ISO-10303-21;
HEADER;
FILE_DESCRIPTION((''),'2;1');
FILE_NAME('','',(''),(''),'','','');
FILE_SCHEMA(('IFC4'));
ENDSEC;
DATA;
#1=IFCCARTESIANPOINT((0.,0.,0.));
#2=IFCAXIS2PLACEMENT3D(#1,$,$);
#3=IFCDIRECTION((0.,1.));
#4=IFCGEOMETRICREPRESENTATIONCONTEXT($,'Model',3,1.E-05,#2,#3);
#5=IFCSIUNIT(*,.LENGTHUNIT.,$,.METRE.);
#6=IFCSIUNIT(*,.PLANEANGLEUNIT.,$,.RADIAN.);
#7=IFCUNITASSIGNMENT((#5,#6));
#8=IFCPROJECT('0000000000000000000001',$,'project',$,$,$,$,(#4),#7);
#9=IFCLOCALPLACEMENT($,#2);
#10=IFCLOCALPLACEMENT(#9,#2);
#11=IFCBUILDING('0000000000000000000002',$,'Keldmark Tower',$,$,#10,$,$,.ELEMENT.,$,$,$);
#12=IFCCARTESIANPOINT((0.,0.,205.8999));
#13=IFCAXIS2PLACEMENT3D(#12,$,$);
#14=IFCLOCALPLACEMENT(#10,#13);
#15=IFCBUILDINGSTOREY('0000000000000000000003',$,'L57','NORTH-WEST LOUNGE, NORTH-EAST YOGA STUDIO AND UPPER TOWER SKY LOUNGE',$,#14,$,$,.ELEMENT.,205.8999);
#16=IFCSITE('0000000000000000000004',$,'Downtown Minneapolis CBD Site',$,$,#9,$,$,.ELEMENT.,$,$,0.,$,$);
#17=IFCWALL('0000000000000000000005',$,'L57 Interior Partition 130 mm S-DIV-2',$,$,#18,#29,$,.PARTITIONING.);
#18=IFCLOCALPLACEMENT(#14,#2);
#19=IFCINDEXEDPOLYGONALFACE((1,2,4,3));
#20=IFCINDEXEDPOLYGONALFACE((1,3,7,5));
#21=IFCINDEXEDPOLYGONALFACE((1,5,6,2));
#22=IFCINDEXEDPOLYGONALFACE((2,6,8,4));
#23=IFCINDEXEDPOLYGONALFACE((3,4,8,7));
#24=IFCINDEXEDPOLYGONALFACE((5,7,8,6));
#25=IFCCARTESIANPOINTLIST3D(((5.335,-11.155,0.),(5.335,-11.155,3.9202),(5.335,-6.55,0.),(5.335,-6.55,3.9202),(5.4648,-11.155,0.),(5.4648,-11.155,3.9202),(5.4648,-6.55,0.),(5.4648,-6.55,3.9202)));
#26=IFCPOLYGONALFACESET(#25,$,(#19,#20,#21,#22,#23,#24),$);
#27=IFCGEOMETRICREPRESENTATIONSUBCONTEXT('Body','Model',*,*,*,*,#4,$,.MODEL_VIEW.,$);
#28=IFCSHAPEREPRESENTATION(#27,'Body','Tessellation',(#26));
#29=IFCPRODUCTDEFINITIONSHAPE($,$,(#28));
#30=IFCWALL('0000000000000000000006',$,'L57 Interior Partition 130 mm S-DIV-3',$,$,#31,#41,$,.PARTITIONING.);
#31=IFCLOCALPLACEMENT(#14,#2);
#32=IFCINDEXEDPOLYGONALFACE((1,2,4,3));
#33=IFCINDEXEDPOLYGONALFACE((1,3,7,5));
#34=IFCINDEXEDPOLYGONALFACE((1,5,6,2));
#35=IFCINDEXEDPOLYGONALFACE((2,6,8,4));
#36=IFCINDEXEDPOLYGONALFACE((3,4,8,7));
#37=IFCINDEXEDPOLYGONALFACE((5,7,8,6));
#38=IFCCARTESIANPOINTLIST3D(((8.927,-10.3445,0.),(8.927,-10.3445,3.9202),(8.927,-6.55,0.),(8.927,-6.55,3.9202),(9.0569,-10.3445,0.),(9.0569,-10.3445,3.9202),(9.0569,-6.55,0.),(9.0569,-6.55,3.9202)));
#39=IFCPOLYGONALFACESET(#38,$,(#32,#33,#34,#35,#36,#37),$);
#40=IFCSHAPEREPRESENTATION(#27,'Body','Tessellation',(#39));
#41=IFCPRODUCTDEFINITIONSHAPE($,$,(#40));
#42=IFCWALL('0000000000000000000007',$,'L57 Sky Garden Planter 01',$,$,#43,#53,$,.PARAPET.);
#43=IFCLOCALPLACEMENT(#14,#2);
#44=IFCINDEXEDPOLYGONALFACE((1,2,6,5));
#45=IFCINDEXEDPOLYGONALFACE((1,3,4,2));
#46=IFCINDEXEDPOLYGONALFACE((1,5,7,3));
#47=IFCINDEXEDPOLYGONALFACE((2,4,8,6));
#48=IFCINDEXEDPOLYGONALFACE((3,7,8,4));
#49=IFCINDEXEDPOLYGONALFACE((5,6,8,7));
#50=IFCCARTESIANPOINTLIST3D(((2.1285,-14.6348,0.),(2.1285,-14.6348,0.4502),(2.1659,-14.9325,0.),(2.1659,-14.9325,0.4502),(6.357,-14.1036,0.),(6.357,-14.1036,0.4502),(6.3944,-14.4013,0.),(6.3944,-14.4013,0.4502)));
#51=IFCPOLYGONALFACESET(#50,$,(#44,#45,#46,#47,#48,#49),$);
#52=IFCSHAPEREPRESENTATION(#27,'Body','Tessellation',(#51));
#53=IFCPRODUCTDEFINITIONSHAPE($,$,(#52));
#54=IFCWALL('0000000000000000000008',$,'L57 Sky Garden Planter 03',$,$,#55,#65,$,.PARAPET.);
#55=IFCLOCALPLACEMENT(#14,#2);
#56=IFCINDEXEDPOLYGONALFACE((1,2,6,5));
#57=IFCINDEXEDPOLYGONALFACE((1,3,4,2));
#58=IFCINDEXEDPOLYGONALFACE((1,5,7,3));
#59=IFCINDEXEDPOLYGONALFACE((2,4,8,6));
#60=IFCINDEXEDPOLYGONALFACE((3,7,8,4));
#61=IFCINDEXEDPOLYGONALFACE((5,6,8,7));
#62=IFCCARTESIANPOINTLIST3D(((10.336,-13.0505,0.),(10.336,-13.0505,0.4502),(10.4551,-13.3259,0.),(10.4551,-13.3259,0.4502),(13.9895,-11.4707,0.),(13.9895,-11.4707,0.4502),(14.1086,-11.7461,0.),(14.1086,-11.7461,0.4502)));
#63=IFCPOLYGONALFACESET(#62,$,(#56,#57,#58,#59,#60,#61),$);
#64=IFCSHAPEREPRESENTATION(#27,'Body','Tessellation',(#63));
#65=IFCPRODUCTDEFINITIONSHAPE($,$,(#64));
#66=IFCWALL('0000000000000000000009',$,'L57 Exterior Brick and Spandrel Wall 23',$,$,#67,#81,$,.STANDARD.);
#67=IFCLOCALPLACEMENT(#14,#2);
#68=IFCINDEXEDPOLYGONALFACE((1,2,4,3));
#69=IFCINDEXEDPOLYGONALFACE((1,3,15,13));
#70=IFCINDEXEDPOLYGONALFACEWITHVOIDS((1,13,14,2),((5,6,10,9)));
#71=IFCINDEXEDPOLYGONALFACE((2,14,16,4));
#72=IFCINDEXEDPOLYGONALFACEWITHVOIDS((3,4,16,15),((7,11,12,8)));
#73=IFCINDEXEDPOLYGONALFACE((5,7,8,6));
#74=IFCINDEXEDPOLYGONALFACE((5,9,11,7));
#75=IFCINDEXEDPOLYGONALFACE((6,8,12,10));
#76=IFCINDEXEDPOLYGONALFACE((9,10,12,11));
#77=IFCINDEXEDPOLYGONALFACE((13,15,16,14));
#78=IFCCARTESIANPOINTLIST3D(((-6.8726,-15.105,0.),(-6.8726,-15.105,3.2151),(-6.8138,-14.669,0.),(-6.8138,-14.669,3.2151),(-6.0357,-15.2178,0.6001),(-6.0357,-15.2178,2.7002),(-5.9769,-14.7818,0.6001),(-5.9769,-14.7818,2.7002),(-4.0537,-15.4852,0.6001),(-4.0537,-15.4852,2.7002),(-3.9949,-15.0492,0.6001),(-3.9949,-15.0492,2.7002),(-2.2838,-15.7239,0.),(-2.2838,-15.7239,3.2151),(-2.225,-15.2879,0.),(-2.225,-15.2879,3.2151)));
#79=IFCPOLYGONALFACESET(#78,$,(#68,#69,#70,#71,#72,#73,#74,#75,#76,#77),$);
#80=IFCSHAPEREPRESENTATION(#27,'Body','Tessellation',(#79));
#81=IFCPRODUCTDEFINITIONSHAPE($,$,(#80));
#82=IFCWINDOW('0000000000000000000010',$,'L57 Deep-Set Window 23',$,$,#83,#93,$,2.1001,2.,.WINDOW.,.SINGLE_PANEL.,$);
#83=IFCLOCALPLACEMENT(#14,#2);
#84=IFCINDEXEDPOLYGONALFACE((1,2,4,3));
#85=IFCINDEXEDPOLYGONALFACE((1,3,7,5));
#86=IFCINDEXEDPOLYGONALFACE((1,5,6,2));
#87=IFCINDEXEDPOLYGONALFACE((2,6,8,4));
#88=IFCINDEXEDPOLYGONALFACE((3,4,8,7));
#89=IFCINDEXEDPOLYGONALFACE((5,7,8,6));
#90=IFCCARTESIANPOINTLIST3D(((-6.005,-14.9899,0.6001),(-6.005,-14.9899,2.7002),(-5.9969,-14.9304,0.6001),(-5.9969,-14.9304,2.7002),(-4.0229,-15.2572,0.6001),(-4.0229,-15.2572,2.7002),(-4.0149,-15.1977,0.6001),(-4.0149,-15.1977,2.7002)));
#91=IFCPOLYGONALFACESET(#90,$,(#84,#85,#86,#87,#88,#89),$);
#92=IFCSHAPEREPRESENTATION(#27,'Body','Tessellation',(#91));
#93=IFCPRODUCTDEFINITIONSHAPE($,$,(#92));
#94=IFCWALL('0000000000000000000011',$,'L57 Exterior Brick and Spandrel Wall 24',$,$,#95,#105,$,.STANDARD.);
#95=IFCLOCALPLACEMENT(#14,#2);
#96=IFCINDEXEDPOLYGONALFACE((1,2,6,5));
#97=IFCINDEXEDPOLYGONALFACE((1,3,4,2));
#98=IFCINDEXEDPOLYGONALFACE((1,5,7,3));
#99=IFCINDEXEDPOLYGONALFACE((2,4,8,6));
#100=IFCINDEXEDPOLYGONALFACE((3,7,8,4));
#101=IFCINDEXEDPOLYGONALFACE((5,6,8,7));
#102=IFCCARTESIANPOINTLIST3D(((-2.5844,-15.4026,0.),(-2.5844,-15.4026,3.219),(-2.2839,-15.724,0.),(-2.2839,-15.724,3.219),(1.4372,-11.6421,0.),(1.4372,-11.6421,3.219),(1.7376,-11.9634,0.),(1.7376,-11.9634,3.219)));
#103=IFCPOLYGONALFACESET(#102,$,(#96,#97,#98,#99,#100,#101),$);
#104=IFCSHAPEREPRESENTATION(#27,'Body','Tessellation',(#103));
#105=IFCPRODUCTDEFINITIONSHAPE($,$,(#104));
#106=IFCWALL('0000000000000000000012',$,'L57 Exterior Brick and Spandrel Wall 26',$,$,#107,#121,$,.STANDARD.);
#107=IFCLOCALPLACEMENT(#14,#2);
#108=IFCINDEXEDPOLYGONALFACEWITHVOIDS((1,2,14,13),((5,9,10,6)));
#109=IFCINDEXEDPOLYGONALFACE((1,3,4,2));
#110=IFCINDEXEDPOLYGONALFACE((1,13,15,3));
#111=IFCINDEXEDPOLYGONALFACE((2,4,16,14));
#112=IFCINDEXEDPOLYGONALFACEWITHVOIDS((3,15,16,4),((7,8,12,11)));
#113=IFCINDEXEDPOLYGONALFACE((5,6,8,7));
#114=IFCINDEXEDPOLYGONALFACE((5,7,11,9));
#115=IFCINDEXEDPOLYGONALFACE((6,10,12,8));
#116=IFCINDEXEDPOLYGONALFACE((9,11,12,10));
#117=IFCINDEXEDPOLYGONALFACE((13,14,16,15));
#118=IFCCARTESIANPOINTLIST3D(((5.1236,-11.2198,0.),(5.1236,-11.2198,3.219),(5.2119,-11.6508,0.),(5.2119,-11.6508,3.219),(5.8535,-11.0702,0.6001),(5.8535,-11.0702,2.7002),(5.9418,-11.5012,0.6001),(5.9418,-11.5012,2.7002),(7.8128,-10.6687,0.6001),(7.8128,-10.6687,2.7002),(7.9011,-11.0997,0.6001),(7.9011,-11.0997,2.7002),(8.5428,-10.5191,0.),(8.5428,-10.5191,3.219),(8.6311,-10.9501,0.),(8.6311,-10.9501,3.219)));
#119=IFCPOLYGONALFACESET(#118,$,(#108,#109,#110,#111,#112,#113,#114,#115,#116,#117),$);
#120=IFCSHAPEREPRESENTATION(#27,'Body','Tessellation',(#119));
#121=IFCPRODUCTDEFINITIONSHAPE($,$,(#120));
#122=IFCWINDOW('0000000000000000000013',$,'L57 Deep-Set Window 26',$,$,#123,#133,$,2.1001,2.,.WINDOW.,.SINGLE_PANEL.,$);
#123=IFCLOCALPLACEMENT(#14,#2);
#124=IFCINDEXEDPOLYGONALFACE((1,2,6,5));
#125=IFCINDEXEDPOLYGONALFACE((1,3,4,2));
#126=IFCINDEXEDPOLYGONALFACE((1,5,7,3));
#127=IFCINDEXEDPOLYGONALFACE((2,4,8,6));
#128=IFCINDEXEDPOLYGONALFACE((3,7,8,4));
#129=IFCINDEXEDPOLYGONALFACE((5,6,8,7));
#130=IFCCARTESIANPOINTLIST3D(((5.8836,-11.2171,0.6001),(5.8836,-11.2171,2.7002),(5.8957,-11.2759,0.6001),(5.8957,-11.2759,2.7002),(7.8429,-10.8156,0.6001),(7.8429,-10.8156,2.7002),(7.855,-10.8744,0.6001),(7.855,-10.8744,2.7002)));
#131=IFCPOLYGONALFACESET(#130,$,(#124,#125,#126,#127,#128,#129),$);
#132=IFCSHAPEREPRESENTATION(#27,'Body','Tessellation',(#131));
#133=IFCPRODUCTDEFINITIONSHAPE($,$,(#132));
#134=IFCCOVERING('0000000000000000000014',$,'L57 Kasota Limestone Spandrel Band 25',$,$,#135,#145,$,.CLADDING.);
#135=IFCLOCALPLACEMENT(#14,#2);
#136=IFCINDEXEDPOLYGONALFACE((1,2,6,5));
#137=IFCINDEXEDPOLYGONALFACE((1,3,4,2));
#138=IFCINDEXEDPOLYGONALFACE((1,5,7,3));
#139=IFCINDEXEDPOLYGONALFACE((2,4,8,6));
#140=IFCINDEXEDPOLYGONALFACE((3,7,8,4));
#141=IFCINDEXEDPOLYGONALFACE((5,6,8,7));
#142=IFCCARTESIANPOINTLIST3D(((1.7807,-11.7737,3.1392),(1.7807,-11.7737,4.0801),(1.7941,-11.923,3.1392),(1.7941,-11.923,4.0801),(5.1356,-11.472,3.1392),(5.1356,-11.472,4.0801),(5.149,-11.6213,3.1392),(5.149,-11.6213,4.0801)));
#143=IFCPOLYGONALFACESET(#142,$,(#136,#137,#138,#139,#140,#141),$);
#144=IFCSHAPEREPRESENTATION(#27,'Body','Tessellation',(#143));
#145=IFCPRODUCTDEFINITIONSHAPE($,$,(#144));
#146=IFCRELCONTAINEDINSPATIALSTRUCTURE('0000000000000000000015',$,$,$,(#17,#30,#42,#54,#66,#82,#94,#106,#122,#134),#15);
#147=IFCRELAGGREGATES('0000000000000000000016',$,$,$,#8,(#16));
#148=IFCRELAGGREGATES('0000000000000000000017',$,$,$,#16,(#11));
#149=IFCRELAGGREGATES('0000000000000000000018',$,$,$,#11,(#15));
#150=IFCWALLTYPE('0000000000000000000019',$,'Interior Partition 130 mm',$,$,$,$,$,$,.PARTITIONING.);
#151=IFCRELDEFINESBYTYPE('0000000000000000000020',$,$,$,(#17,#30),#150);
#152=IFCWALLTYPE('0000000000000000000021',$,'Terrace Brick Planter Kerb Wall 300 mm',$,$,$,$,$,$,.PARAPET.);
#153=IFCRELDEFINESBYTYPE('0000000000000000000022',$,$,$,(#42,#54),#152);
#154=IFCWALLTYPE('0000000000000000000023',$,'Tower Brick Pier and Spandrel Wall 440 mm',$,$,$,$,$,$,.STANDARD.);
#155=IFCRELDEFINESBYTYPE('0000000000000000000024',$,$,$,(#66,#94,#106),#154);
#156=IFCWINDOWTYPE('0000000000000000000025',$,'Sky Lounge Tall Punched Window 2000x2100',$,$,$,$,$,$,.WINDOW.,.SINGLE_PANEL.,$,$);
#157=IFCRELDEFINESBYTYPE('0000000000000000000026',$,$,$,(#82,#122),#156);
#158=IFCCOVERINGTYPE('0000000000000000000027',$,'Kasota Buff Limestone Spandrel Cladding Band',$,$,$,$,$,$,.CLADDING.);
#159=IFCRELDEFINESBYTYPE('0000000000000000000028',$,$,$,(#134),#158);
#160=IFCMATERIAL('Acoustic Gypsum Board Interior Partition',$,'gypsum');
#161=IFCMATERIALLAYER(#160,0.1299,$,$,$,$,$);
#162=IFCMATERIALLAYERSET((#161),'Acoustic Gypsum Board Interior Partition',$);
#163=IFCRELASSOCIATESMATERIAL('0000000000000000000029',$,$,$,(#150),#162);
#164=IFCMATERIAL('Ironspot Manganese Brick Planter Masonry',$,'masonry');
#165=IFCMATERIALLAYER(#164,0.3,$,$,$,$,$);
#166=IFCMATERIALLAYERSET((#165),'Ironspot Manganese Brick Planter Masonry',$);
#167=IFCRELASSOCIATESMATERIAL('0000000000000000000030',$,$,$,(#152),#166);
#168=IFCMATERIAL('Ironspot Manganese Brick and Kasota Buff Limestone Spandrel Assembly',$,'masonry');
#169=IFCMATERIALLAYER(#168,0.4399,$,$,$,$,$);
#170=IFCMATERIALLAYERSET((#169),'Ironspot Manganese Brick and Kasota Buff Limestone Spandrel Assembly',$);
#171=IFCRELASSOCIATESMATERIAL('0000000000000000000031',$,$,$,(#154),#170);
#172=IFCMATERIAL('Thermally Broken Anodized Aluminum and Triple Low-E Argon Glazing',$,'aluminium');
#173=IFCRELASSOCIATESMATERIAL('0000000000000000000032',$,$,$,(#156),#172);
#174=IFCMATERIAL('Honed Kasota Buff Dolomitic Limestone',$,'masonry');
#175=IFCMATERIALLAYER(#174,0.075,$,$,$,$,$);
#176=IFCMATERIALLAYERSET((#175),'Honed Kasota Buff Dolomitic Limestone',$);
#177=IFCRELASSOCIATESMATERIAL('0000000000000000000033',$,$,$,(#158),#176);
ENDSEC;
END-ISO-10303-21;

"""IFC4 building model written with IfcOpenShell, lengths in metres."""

from ifc_helpers import new_model, si_unit, direction, frame, frame_2d, origin, origin_2d, place, context, subcontext, project, spatial, rectangle, extrude, material, layer, layer_set, type_object, element, fill, save


model = new_model("IFC4")

# Units and contexts
model_context = context("Model", 3, precision=1e-05, world=origin(), true_north=direction((0.0, 1.0)))
body_context = subcontext(model_context, "Body", "Model", "MODEL_VIEW")
ifc_project = project(units=[si_unit("LENGTHUNIT", "METRE"), si_unit("PLANEANGLEUNIT", "RADIAN")], contexts=[model_context])

# Site, building, storey
site_placement = place(None, origin())
site = spatial("IfcSite", under=ifc_project, at=site_placement, Name="Downtown Minneapolis CBD Site", CompositionType="ELEMENT", RefElevation=0.0)
building_placement = place(site_placement, origin())
building = spatial("IfcBuilding", under=site, at=building_placement, Name="Keldmark Tower", CompositionType="ELEMENT")
storey_placement = place(building_placement, frame((0.0, 0.0, 205.8999)))
storey = spatial("IfcBuildingStorey", under=building, at=storey_placement, Name="L57", Description="NORTH-WEST LOUNGE, NORTH-EAST YOGA STUDIO AND UPPER TOWER SKY LOUNGE", CompositionType="ELEMENT", Elevation=205.8999)

# Walls
ifc_material_1 = material(Name="Acoustic Gypsum Board Interior Partition", Category="gypsum")
ifc_layer_1 = layer(ifc_material_1, 0.1299)
ifc_layer_set_1 = layer_set([ifc_layer_1], Name="Acoustic Gypsum Board Interior Partition")
wall_type_1 = type_object("IfcWallType", Name="Interior Partition 130 mm", PredefinedType="PARTITIONING", material=ifc_layer_set_1)
wall_1_placement = place(storey_placement, frame((5.3999, -11.155, 0.0), z_axis=(0.0, 0.0, 1.0), x_axis=(0.0, 1.0, 0.0)))
element("IfcWall", 1, at=wall_1_placement, inside=storey, type_object=wall_type_1, Name="L57 Interior Partition 130 mm S-DIV-2", PredefinedType="PARTITIONING", context=body_context, shape_type="SweptSolid", body=[
    extrude(rectangle(XDim=4.605, YDim=0.1299, at=frame_2d((2.3025, 0.0))), origin(), (0.0, 0.0, 1.0), 3.9202),
])
wall_2_placement = place(storey_placement, frame((8.9919, -10.3445, 0.0), z_axis=(0.0, 0.0, 1.0), x_axis=(0.0, 1.0, 0.0)))
element("IfcWall", 2, at=wall_2_placement, inside=storey, type_object=wall_type_1, Name="L57 Interior Partition 130 mm S-DIV-3", PredefinedType="PARTITIONING", context=body_context, shape_type="SweptSolid", body=[
    extrude(rectangle(XDim=3.7944, YDim=0.1299, at=frame_2d((1.8972, 0.0))), origin(), (0.0, 0.0, 1.0), 3.9202),
])
ifc_material_2 = material(Name="Ironspot Manganese Brick Planter Masonry", Category="masonry")
ifc_layer_2 = layer(ifc_material_2, 0.3)
ifc_layer_set_2 = layer_set([ifc_layer_2], Name="Ironspot Manganese Brick Planter Masonry")
wall_type_2 = type_object("IfcWallType", Name="Terrace Brick Planter Kerb Wall 300 mm", PredefinedType="PARAPET", material=ifc_layer_set_2)
wall_3_placement = place(storey_placement, frame((2.1472, -14.7837, 0.0), z_axis=(0.0, 0.0, 1.0), x_axis=(0.9922, 0.124655, 0.0)))
element("IfcWall", 3, at=wall_3_placement, inside=storey, type_object=wall_type_2, Name="L57 Sky Garden Planter 01", PredefinedType="PARAPET", context=body_context, shape_type="SweptSolid", body=[
    extrude(rectangle(XDim=4.2617, YDim=0.3, at=frame_2d((2.1309, 0.0))), origin(), (0.0, 0.0, 1.0), 0.4502),
])
wall_4_placement = place(storey_placement, frame((10.3955, -13.1882, 0.0), z_axis=(0.0, 0.0, 1.0), x_axis=(0.917865, 0.396893, 0.0)))
element("IfcWall", 4, at=wall_4_placement, inside=storey, type_object=wall_type_2, Name="L57 Sky Garden Planter 03", PredefinedType="PARAPET", context=body_context, shape_type="SweptSolid", body=[
    extrude(rectangle(XDim=3.9805, YDim=0.3, at=frame_2d((1.9902, 0.0))), origin(), (0.0, 0.0, 1.0), 0.4502),
])

# Wall, opening, window
ifc_material_3 = material(Name="Ironspot Manganese Brick and Kasota Buff Limestone Spandrel Assembly", Category="masonry")
ifc_layer_3 = layer(ifc_material_3, 0.4399)
ifc_layer_set_3 = layer_set([ifc_layer_3], Name="Ironspot Manganese Brick and Kasota Buff Limestone Spandrel Assembly")
wall_type_3 = type_object("IfcWallType", Name="Tower Brick Pier and Spandrel Wall 440 mm", PredefinedType="STANDARD", material=ifc_layer_set_3)
wall_5_placement = place(storey_placement, frame((-2.2544, -15.5059, 0.0), z_axis=(0.0, 0.0, 1.0), x_axis=(-0.991027, 0.133659, 0.0)))
wall_5 = element("IfcWall", 5, at=wall_5_placement, inside=storey, type_object=wall_type_3, Name="L57 Exterior Brick and Spandrel Wall 23", PredefinedType="STANDARD", context=body_context, shape_type="SweptSolid", body=[
    extrude(rectangle(XDim=4.6304, YDim=0.4399, at=frame_2d((2.3152, 0.0))), origin(), (0.0, 0.0, 1.0), 3.2151),
])
opening_1_placement = place(wall_5_placement, frame((1.7859, 0.0, 0.6001)))
opening_1 = element("IfcOpeningElement", 6, at=opening_1_placement, cuts=wall_5, PredefinedType="OPENING", context=body_context, shape_type="SweptSolid", body=[
    extrude(rectangle(XDim=2.0, YDim=2.1001, at=frame_2d((1.0, 1.05))), frame((0.0, 0.23, 0.0), z_axis=(0.0, -1.0, 0.0), x_axis=(1.0, 0.0, 0.0)), (0.0, 0.0, 1.0), 0.46),
])
ifc_material_4 = material(Name="Thermally Broken Anodized Aluminum and Triple Low-E Argon Glazing", Category="aluminium")
window_type = type_object("IfcWindowType", Name="Sky Lounge Tall Punched Window 2000x2100", PartitioningType="SINGLE_PANEL", PredefinedType="WINDOW", material=ifc_material_4)
window_1_placement = place(opening_1_placement, origin())
window_1 = element("IfcWindow", 7, at=window_1_placement, inside=storey, type_object=window_type, Name="L57 Deep-Set Window 23", OverallHeight=2.1001, OverallWidth=2.0, PartitioningType="SINGLE_PANEL", PredefinedType="WINDOW", context=body_context, shape_type="SweptSolid", body=[
    extrude(rectangle(XDim=2.0, YDim=2.1001, at=frame_2d((1.0, 1.05))), frame((0.0, -0.01, 0.0), z_axis=(0.0, -1.0, 0.0), x_axis=(1.0, 0.0, 0.0)), (0.0, 0.0, 1.0), 0.0601),
])
fill(opening_1, window_1)

# Wall
wall_6_placement = place(storey_placement, frame((1.5874, -11.8027, 0.0), z_axis=(0.0, 0.0, 1.0), x_axis=(-0.730411, -0.683008, 0.0)))
element("IfcWall", 8, at=wall_6_placement, inside=storey, type_object=wall_type_3, Name="L57 Exterior Brick and Spandrel Wall 24", PredefinedType="STANDARD", context=body_context, shape_type="SweptSolid", body=[
    extrude(rectangle(XDim=5.5059, YDim=0.4399, at=frame_2d((2.7529, 0.0))), origin(), (0.0, 0.0, 1.0), 3.219),
])

# Wall, opening, window
wall_7_placement = place(storey_placement, frame((8.5869, -10.7346, 0.0), z_axis=(0.0, 0.0, 1.0), x_axis=(-0.979642, -0.200755, 0.0)))
wall_7 = element("IfcWall", 9, at=wall_7_placement, inside=storey, type_object=wall_type_3, Name="L57 Exterior Brick and Spandrel Wall 26", PredefinedType="STANDARD", context=body_context, shape_type="SweptSolid", body=[
    extrude(rectangle(XDim=3.4902, YDim=0.4399, at=frame_2d((1.7451, 0.0))), origin(), (0.0, 0.0, 1.0), 3.219),
])
opening_2_placement = place(wall_7_placement, frame((0.7451, 0.0, 0.6001)))
opening_2 = element("IfcOpeningElement", 10, at=opening_2_placement, cuts=wall_7, PredefinedType="OPENING", context=body_context, shape_type="SweptSolid", body=[
    extrude(rectangle(XDim=2.0, YDim=2.1001, at=frame_2d((1.0, 1.05))), frame((0.0, 0.23, 0.0), z_axis=(0.0, -1.0, 0.0), x_axis=(1.0, 0.0, 0.0)), (0.0, 0.0, 1.0), 0.46),
])
window_2_placement = place(opening_2_placement, origin())
window_2 = element("IfcWindow", 11, at=window_2_placement, inside=storey, type_object=window_type, Name="L57 Deep-Set Window 26", OverallHeight=2.1001, OverallWidth=2.0, PartitioningType="SINGLE_PANEL", PredefinedType="WINDOW", context=body_context, shape_type="SweptSolid", body=[
    extrude(rectangle(XDim=2.0, YDim=2.1001, at=frame_2d((1.0, 1.05))), frame((0.0, -0.01, 0.0), z_axis=(0.0, -1.0, 0.0), x_axis=(1.0, 0.0, 0.0)), (0.0, 0.0, 1.0), 0.0601),
])
fill(opening_2, window_2)

# Covering
ifc_material_5 = material(Name="Honed Kasota Buff Dolomitic Limestone", Category="masonry")
ifc_layer_4 = layer(ifc_material_5, 0.075)
ifc_layer_set_4 = layer_set([ifc_layer_4], Name="Honed Kasota Buff Dolomitic Limestone")
covering_type = type_object("IfcCoveringType", Name="Kasota Buff Limestone Spandrel Cladding Band", PredefinedType="CLADDING", material=ifc_layer_set_4)
covering_placement = place(storey_placement, frame((3.4648, -11.6975, 3.1392), z_axis=(0.0, 0.0, 1.0), x_axis=(0.995979, 0.08959, 0.0)))
element("IfcCovering", 12, at=covering_placement, inside=storey, type_object=covering_type, Name="L57 Kasota Limestone Spandrel Band 25", PredefinedType="CLADDING", context=body_context, shape_type="SweptSolid", body=[
    extrude(rectangle(XDim=3.3684, YDim=0.1499, at=origin_2d()), origin(), (0.0, 0.0, 1.0), 0.9409),
])

save(model, "model.ifc")
